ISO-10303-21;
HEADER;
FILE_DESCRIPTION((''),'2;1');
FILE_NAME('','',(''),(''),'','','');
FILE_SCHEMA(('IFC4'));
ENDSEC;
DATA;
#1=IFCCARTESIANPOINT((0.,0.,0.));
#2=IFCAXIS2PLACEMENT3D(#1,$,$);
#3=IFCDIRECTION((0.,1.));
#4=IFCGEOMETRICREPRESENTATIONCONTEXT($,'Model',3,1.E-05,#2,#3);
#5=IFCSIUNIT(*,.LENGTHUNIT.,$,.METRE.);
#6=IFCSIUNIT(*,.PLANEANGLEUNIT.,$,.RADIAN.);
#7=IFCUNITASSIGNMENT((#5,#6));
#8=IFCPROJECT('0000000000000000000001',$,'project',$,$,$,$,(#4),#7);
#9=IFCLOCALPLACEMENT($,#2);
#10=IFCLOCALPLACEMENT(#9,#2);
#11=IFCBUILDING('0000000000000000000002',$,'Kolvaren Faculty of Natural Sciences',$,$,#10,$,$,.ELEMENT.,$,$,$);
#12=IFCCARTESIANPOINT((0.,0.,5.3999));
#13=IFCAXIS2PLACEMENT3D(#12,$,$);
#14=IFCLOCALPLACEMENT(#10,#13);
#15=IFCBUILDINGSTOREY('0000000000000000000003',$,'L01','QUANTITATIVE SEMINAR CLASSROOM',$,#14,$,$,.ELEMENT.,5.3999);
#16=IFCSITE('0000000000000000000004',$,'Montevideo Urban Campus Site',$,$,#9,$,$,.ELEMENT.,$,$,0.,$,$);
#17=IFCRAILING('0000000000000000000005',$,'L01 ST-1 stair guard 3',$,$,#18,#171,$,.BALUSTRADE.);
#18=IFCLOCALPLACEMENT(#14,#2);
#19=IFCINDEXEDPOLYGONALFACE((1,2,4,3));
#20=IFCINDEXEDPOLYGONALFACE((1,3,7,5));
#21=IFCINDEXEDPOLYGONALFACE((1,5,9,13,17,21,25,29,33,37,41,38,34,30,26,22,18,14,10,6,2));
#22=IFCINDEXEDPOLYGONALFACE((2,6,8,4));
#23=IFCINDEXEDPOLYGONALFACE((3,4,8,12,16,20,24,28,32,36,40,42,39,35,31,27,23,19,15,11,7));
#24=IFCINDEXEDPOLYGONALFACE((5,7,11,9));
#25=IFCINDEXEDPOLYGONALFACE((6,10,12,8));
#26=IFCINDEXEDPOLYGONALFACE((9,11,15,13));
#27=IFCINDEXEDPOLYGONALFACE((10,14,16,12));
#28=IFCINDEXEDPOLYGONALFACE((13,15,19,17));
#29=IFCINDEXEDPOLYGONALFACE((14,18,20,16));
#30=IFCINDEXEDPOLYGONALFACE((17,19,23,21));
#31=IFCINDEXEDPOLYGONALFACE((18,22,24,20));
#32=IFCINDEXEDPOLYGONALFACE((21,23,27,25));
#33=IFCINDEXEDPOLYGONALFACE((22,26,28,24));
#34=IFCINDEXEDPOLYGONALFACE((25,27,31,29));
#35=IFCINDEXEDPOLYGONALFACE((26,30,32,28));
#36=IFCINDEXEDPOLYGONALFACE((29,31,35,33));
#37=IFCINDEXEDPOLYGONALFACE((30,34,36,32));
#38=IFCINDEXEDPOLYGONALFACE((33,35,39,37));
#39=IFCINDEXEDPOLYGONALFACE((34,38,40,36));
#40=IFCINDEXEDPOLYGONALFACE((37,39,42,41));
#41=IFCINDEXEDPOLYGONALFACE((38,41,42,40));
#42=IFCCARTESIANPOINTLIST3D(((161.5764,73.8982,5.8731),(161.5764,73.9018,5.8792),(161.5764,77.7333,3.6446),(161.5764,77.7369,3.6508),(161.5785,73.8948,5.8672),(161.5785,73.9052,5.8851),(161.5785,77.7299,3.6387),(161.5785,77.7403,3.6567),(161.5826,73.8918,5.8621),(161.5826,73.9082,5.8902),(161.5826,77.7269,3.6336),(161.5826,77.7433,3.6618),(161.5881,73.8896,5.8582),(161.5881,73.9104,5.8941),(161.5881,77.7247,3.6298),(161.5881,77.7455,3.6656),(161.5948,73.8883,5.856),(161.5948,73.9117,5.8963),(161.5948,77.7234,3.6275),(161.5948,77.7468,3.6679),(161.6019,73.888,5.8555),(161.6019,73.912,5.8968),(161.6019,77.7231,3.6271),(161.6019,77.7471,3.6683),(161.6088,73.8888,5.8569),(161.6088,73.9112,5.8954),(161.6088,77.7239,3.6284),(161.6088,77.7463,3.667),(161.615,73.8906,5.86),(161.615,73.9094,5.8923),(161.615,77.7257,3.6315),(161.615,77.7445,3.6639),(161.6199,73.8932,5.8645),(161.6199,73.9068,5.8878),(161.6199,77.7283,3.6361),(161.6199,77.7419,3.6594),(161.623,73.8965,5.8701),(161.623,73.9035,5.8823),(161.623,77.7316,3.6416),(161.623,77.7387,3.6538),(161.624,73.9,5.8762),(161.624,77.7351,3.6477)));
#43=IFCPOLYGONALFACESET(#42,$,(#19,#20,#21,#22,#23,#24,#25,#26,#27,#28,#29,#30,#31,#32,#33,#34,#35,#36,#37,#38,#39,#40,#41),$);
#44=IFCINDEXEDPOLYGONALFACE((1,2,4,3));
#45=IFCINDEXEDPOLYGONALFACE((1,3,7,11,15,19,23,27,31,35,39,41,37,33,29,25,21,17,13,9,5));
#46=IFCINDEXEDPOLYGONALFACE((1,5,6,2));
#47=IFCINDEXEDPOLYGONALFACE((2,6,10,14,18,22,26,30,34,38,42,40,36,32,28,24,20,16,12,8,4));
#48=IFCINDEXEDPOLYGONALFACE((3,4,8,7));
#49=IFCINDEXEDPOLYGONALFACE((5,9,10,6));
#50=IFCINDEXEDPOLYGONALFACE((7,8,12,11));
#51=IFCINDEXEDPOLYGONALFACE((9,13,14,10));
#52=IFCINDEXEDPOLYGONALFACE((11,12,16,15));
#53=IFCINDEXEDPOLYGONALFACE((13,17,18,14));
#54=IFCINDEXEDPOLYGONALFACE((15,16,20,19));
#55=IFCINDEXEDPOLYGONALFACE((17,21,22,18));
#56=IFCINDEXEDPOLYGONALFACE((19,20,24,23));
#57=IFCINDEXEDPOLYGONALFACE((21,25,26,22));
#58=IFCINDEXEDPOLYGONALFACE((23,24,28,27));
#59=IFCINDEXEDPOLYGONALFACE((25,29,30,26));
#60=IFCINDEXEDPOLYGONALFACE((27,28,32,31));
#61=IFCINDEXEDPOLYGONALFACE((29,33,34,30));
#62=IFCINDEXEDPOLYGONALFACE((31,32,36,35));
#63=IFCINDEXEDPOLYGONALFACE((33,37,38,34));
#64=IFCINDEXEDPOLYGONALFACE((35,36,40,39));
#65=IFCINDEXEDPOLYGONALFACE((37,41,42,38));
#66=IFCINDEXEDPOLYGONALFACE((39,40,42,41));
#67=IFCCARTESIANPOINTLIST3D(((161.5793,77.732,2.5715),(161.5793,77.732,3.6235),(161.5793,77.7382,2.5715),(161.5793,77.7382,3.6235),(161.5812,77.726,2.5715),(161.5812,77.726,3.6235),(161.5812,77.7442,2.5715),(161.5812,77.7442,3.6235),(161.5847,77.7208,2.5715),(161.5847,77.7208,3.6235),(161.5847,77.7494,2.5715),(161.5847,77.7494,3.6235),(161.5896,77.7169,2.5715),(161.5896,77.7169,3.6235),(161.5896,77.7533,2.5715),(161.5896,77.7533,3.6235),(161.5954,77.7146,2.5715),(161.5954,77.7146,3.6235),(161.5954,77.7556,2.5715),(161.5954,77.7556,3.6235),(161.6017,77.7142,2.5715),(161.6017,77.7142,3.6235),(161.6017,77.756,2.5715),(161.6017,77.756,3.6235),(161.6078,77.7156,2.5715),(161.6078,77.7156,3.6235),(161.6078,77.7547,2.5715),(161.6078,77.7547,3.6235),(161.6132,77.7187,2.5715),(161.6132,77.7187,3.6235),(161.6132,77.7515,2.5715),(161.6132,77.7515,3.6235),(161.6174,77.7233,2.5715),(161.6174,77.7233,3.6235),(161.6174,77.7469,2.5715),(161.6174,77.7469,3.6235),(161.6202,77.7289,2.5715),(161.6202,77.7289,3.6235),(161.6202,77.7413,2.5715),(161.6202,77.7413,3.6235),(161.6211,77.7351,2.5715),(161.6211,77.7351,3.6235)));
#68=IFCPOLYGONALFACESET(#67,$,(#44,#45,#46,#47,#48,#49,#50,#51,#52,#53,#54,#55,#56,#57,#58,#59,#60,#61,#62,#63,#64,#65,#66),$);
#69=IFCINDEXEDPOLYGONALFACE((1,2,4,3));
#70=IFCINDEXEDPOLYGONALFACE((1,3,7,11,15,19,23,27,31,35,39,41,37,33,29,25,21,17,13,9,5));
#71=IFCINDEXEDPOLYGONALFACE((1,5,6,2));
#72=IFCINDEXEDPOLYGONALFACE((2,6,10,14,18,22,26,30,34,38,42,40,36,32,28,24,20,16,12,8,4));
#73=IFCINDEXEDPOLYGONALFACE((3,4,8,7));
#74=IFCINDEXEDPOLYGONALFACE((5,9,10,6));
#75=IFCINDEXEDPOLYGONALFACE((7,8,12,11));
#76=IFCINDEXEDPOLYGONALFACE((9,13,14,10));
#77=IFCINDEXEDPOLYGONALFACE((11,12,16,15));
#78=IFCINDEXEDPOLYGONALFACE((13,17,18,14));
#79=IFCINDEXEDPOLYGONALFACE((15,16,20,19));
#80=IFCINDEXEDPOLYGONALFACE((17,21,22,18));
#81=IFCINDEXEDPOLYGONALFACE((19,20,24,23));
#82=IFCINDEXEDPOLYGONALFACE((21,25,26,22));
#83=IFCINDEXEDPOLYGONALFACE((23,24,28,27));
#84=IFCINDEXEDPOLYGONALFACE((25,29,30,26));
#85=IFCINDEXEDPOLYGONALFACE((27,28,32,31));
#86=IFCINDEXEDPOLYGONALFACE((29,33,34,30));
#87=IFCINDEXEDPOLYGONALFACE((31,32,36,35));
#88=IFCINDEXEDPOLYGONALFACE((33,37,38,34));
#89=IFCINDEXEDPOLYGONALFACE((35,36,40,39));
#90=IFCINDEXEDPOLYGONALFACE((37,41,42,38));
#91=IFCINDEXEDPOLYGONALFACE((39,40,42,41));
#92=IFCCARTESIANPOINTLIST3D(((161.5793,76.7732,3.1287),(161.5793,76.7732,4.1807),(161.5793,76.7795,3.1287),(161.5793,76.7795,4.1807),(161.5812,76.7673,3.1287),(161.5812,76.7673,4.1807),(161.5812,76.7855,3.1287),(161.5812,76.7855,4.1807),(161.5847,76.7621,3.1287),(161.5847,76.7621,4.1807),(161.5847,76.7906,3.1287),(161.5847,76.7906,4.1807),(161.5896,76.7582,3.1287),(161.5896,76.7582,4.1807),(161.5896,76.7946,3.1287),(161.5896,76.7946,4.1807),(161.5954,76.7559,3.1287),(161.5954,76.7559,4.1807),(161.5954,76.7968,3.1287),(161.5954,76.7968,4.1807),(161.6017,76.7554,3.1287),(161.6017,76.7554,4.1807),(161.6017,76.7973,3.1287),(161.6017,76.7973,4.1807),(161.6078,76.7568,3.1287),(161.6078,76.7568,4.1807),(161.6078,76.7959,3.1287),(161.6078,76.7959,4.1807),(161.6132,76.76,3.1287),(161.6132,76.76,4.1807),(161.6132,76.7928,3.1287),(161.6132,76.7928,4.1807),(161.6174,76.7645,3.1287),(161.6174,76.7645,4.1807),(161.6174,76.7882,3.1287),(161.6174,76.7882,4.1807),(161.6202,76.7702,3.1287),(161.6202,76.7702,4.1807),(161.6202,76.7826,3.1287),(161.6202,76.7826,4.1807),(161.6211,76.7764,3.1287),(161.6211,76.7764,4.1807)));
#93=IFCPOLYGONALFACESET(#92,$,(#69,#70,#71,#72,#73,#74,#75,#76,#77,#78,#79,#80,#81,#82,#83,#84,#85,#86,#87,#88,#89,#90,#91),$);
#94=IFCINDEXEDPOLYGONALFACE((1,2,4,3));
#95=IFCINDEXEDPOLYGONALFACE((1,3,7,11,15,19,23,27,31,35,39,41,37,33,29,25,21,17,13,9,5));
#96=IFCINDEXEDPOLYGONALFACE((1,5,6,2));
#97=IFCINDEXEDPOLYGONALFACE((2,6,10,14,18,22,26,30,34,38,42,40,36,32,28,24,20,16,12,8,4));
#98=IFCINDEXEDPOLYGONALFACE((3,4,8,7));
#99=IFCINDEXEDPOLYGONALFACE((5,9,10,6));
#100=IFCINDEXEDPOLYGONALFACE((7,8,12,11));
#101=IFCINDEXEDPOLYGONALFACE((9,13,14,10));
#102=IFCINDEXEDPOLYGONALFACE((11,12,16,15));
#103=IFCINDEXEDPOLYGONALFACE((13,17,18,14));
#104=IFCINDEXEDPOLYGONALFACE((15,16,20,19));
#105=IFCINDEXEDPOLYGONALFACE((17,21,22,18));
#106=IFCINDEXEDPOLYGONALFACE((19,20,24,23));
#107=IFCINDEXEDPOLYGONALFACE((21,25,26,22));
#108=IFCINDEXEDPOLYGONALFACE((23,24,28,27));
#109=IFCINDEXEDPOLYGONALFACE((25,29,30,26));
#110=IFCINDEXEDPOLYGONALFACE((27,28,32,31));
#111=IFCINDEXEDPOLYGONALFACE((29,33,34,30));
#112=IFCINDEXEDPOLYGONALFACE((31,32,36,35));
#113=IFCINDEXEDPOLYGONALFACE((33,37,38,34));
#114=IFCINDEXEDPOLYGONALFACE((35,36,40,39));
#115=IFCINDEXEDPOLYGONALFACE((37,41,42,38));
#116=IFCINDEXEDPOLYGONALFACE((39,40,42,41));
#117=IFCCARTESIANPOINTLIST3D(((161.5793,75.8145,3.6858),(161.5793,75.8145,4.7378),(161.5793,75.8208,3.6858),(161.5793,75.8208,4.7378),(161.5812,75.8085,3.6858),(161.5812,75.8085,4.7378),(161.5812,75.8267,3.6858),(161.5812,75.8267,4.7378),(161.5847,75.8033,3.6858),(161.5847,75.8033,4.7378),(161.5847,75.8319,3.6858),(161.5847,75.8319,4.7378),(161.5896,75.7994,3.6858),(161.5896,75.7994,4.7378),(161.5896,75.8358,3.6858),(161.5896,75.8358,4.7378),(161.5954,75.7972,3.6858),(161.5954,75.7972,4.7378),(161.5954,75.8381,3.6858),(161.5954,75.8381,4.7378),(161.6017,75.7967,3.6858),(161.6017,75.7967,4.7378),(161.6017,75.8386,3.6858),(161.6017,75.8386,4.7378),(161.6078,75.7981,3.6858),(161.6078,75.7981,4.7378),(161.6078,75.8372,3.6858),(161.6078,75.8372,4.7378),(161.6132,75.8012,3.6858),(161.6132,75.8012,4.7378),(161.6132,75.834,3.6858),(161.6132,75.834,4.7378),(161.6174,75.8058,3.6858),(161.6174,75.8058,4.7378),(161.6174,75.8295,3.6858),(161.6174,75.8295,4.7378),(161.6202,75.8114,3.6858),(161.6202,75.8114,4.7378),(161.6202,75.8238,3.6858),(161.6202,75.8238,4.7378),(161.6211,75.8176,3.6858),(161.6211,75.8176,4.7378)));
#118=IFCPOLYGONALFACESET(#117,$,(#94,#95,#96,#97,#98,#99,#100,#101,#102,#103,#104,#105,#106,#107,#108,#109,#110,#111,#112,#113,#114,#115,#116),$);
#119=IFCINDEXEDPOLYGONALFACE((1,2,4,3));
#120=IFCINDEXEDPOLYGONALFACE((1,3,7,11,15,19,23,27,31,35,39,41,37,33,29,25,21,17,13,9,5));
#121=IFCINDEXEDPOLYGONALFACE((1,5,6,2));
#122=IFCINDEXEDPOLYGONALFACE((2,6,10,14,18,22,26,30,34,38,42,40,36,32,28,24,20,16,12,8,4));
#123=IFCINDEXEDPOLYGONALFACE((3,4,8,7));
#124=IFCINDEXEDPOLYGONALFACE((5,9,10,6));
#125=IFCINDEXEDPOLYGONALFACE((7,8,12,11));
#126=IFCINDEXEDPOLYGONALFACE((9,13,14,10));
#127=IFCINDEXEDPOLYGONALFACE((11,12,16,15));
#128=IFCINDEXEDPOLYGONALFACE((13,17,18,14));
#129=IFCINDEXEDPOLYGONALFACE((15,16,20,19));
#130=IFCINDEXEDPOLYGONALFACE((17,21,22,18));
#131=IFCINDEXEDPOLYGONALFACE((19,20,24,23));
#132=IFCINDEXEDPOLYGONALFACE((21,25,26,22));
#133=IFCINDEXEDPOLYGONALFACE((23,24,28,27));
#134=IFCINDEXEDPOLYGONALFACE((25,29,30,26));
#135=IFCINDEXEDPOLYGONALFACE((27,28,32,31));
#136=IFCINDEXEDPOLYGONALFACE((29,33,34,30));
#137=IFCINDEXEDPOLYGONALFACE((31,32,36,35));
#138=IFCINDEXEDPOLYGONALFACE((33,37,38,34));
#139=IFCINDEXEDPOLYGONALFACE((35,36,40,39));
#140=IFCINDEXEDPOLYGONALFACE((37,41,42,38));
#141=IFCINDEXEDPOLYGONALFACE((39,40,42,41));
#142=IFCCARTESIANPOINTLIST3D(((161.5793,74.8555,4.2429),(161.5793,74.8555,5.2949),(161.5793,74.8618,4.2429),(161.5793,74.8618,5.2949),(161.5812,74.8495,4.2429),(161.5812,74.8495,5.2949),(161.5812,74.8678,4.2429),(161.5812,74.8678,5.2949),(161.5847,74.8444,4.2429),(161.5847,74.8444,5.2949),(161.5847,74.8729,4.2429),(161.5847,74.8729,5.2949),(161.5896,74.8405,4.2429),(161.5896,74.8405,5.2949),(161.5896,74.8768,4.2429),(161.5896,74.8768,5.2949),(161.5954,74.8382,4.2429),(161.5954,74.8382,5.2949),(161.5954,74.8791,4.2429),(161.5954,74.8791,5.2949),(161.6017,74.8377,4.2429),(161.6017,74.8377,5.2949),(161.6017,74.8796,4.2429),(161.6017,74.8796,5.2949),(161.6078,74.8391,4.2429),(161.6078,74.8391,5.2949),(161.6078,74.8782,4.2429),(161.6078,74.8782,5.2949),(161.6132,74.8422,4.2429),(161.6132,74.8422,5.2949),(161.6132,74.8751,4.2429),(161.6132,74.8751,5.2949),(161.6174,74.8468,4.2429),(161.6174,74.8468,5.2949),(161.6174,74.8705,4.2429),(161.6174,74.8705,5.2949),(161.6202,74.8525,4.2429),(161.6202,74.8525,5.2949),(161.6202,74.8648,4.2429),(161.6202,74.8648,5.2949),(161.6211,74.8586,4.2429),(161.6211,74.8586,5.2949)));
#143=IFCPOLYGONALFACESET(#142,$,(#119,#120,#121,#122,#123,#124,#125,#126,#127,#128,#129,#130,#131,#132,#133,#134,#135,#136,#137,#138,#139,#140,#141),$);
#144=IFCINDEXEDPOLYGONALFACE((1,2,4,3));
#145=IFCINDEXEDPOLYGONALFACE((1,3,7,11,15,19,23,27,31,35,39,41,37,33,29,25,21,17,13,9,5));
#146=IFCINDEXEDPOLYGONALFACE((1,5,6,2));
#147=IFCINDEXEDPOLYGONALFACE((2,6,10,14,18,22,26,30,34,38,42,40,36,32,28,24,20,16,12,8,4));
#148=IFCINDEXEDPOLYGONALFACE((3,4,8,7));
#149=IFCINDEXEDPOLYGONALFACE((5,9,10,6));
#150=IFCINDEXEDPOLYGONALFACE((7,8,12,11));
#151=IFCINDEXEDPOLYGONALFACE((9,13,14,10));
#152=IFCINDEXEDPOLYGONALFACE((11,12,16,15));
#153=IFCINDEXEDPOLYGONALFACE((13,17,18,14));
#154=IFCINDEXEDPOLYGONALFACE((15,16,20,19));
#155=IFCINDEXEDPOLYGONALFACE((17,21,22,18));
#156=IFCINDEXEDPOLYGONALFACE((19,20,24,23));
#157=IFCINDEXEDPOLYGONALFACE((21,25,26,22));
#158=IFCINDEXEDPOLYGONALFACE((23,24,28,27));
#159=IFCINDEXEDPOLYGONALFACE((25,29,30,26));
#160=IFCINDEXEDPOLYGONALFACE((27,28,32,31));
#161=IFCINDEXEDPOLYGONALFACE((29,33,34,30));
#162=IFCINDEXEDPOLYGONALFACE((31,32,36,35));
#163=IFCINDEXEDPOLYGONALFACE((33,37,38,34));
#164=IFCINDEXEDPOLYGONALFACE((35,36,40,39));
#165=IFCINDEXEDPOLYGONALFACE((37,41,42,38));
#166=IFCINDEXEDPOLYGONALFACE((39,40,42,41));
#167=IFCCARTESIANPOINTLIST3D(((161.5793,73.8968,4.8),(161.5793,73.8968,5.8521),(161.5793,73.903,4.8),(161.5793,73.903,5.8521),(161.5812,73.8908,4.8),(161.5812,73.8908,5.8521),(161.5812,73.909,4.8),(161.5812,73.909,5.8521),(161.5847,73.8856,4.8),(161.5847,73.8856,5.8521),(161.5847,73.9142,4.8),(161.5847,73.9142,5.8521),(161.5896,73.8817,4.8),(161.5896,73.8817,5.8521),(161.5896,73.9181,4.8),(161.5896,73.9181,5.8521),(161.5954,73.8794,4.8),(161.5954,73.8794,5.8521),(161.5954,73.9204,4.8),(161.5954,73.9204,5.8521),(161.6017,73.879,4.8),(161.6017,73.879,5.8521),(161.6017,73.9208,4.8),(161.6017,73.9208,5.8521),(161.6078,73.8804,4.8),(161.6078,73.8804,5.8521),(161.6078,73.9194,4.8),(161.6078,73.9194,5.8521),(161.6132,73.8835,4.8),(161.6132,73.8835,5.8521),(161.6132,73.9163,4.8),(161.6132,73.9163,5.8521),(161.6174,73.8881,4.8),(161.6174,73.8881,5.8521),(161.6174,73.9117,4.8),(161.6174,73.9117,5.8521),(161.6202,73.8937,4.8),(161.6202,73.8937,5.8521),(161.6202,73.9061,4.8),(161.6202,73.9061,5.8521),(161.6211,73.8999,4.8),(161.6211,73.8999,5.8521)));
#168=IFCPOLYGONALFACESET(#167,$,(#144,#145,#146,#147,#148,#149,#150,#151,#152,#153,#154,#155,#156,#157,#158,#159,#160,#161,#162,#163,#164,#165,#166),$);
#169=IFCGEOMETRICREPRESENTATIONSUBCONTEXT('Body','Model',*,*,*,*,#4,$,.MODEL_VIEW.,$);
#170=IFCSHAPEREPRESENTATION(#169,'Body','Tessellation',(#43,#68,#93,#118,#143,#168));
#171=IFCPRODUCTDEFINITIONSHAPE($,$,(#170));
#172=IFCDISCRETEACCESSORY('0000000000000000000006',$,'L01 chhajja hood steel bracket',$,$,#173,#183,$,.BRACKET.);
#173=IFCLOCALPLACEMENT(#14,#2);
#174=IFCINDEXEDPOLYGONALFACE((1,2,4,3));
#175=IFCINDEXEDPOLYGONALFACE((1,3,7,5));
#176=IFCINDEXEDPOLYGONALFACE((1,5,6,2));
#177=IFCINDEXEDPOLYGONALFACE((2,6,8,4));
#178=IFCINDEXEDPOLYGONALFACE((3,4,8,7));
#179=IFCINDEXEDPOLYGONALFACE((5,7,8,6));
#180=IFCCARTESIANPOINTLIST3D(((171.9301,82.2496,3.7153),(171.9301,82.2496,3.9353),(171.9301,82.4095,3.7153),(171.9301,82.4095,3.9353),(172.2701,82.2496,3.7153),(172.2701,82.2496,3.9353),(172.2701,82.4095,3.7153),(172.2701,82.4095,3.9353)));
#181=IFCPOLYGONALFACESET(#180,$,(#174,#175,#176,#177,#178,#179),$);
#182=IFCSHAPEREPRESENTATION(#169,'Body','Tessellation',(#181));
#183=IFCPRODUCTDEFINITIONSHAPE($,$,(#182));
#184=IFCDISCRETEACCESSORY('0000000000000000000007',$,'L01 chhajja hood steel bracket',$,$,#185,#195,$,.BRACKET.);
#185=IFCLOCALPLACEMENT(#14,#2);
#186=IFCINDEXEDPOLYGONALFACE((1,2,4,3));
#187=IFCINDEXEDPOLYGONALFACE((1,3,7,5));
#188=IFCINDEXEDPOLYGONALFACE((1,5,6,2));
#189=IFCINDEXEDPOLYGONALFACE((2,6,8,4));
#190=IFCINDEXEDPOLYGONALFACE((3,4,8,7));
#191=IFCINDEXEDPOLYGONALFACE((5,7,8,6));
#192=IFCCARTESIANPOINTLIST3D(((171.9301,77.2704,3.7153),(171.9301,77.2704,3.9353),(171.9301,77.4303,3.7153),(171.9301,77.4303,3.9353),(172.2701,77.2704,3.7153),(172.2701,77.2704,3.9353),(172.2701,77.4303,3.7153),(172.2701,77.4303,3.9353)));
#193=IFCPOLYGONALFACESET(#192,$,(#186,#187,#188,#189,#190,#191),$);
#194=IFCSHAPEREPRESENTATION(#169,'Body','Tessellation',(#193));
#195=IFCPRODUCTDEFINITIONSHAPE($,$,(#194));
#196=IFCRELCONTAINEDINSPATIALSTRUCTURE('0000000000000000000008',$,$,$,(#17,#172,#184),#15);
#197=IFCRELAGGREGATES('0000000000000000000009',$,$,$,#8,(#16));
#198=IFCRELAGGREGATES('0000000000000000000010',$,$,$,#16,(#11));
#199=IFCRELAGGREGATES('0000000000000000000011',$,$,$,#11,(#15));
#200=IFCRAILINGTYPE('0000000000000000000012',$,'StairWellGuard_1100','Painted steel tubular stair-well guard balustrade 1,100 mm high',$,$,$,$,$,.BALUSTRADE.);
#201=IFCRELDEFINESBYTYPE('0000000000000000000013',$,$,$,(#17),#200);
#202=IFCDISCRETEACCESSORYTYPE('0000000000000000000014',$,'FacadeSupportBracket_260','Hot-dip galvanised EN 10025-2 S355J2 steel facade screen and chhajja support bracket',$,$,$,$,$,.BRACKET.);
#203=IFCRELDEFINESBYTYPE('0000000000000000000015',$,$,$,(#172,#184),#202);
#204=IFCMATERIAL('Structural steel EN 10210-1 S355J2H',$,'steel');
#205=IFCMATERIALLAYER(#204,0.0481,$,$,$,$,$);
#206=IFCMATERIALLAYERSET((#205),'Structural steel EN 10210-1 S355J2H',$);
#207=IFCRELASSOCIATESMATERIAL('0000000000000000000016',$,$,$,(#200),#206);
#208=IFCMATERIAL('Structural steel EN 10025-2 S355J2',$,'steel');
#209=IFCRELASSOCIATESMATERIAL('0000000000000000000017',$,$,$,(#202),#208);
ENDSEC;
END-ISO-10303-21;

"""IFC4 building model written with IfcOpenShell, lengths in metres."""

from ifc_helpers import new_model, si_unit, direction, frame, origin, origin_2d, place, context, subcontext, project, spatial, rectangle, circle, extrude, material, layer, layer_set, type_object, element, save


model = new_model("IFC4")

# Units and contexts
model_context = context("Model", 3, precision=1e-05, world=origin(), true_north=direction((0.0, 1.0)))
body_context = subcontext(model_context, "Body", "Model", "MODEL_VIEW")
ifc_project = project(units=[si_unit("LENGTHUNIT", "METRE"), si_unit("PLANEANGLEUNIT", "RADIAN")], contexts=[model_context])

# Site, building, storey
site_placement = place(None, origin())
site = spatial("IfcSite", under=ifc_project, at=site_placement, Name="Montevideo Urban Campus Site", CompositionType="ELEMENT", RefElevation=0.0)
building_placement = place(site_placement, origin())
building = spatial("IfcBuilding", under=site, at=building_placement, Name="Kolvaren Faculty of Natural Sciences", CompositionType="ELEMENT")
storey_placement = place(building_placement, frame((0.0, 0.0, 5.3999)))
storey = spatial("IfcBuildingStorey", under=building, at=storey_placement, Name="L01", Description="QUANTITATIVE SEMINAR CLASSROOM", CompositionType="ELEMENT", Elevation=5.3999)

# Railing
ifc_material_1 = material(Name="Structural steel EN 10210-1 S355J2H", Category="steel")
ifc_layer_1 = layer(ifc_material_1, 0.0481)
ifc_layer_set_1 = layer_set([ifc_layer_1], Name="Structural steel EN 10210-1 S355J2H")
railing_type_1 = type_object("IfcRailingType", Name="StairWellGuard_1100", Description="Painted steel tubular stair-well guard balustrade 1,100 mm high", PredefinedType="BALUSTRADE", material=ifc_layer_set_1)
railing_1_placement = place(storey_placement, frame((161.6001, 77.7351, 2.5715)))
element("IfcRailing", 1, at=railing_1_placement, inside=storey, type_object=railing_type_1, Name="L01 ST-1 stair guard 3", PredefinedType="BALUSTRADE", context=body_context, shape_type="SweptSolid", body=[
    extrude(circle(Radius=0.0239, at=origin_2d()), frame((0.0, 0.0, 1.0762), z_axis=(0.0, -0.86463, 0.502409), x_axis=(1.0, 0.0, 0.0)), (0.0, 0.0, 1.0), 4.4355),
    extrude(circle(Radius=0.021, at=origin_2d()), origin(), (0.0, 0.0, 1.0), 1.052),
    extrude(circle(Radius=0.021, at=origin_2d()), frame((0.0, -0.9587, 0.5571)), (0.0, 0.0, 1.0), 1.052),
    extrude(circle(Radius=0.021, at=origin_2d()), frame((0.0, -1.9175, 1.1143)), (0.0, 0.0, 1.0), 1.052),
    extrude(circle(Radius=0.021, at=origin_2d()), frame((0.0, -2.8765, 1.6714)), (0.0, 0.0, 1.0), 1.052),
    extrude(circle(Radius=0.021, at=origin_2d()), frame((0.0, -3.8352, 2.2285)), (0.0, 0.0, 1.0), 1.052),
])

# Discrete accessories
ifc_material_2 = material(Name="Structural steel EN 10025-2 S355J2", Category="steel")
discrete_accessory_type = type_object("IfcDiscreteAccessoryType", Name="FacadeSupportBracket_260", Description="Hot-dip galvanised EN 10025-2 S355J2 steel facade screen and chhajja support bracket", PredefinedType="BRACKET", material=ifc_material_2)
for number, where, z_axis, x_axis, name in (
    (2, (172.1001, 82.3296, 3.7153), (0.0, 0.0, 1.0), (0.0, -1.0, 0.0), "L01 chhajja hood steel bracket"),
    (3, (172.1001, 77.3503, 3.7153), (0.0, 0.0, 1.0), (0.0, -1.0, 0.0), "L01 chhajja hood steel bracket"),
):
    element("IfcDiscreteAccessory", number, at=place(storey_placement, frame(where, z_axis=z_axis, x_axis=x_axis)), inside=storey, type_object=discrete_accessory_type, Name=name, PredefinedType="BRACKET", context=body_context, shape_type="SweptSolid", body=[
        extrude(rectangle(XDim=0.1599, YDim=0.3401, at=origin_2d()), origin(), (0.0, 0.0, 1.0), 0.22),
    ])

save(model, "model.ifc")
